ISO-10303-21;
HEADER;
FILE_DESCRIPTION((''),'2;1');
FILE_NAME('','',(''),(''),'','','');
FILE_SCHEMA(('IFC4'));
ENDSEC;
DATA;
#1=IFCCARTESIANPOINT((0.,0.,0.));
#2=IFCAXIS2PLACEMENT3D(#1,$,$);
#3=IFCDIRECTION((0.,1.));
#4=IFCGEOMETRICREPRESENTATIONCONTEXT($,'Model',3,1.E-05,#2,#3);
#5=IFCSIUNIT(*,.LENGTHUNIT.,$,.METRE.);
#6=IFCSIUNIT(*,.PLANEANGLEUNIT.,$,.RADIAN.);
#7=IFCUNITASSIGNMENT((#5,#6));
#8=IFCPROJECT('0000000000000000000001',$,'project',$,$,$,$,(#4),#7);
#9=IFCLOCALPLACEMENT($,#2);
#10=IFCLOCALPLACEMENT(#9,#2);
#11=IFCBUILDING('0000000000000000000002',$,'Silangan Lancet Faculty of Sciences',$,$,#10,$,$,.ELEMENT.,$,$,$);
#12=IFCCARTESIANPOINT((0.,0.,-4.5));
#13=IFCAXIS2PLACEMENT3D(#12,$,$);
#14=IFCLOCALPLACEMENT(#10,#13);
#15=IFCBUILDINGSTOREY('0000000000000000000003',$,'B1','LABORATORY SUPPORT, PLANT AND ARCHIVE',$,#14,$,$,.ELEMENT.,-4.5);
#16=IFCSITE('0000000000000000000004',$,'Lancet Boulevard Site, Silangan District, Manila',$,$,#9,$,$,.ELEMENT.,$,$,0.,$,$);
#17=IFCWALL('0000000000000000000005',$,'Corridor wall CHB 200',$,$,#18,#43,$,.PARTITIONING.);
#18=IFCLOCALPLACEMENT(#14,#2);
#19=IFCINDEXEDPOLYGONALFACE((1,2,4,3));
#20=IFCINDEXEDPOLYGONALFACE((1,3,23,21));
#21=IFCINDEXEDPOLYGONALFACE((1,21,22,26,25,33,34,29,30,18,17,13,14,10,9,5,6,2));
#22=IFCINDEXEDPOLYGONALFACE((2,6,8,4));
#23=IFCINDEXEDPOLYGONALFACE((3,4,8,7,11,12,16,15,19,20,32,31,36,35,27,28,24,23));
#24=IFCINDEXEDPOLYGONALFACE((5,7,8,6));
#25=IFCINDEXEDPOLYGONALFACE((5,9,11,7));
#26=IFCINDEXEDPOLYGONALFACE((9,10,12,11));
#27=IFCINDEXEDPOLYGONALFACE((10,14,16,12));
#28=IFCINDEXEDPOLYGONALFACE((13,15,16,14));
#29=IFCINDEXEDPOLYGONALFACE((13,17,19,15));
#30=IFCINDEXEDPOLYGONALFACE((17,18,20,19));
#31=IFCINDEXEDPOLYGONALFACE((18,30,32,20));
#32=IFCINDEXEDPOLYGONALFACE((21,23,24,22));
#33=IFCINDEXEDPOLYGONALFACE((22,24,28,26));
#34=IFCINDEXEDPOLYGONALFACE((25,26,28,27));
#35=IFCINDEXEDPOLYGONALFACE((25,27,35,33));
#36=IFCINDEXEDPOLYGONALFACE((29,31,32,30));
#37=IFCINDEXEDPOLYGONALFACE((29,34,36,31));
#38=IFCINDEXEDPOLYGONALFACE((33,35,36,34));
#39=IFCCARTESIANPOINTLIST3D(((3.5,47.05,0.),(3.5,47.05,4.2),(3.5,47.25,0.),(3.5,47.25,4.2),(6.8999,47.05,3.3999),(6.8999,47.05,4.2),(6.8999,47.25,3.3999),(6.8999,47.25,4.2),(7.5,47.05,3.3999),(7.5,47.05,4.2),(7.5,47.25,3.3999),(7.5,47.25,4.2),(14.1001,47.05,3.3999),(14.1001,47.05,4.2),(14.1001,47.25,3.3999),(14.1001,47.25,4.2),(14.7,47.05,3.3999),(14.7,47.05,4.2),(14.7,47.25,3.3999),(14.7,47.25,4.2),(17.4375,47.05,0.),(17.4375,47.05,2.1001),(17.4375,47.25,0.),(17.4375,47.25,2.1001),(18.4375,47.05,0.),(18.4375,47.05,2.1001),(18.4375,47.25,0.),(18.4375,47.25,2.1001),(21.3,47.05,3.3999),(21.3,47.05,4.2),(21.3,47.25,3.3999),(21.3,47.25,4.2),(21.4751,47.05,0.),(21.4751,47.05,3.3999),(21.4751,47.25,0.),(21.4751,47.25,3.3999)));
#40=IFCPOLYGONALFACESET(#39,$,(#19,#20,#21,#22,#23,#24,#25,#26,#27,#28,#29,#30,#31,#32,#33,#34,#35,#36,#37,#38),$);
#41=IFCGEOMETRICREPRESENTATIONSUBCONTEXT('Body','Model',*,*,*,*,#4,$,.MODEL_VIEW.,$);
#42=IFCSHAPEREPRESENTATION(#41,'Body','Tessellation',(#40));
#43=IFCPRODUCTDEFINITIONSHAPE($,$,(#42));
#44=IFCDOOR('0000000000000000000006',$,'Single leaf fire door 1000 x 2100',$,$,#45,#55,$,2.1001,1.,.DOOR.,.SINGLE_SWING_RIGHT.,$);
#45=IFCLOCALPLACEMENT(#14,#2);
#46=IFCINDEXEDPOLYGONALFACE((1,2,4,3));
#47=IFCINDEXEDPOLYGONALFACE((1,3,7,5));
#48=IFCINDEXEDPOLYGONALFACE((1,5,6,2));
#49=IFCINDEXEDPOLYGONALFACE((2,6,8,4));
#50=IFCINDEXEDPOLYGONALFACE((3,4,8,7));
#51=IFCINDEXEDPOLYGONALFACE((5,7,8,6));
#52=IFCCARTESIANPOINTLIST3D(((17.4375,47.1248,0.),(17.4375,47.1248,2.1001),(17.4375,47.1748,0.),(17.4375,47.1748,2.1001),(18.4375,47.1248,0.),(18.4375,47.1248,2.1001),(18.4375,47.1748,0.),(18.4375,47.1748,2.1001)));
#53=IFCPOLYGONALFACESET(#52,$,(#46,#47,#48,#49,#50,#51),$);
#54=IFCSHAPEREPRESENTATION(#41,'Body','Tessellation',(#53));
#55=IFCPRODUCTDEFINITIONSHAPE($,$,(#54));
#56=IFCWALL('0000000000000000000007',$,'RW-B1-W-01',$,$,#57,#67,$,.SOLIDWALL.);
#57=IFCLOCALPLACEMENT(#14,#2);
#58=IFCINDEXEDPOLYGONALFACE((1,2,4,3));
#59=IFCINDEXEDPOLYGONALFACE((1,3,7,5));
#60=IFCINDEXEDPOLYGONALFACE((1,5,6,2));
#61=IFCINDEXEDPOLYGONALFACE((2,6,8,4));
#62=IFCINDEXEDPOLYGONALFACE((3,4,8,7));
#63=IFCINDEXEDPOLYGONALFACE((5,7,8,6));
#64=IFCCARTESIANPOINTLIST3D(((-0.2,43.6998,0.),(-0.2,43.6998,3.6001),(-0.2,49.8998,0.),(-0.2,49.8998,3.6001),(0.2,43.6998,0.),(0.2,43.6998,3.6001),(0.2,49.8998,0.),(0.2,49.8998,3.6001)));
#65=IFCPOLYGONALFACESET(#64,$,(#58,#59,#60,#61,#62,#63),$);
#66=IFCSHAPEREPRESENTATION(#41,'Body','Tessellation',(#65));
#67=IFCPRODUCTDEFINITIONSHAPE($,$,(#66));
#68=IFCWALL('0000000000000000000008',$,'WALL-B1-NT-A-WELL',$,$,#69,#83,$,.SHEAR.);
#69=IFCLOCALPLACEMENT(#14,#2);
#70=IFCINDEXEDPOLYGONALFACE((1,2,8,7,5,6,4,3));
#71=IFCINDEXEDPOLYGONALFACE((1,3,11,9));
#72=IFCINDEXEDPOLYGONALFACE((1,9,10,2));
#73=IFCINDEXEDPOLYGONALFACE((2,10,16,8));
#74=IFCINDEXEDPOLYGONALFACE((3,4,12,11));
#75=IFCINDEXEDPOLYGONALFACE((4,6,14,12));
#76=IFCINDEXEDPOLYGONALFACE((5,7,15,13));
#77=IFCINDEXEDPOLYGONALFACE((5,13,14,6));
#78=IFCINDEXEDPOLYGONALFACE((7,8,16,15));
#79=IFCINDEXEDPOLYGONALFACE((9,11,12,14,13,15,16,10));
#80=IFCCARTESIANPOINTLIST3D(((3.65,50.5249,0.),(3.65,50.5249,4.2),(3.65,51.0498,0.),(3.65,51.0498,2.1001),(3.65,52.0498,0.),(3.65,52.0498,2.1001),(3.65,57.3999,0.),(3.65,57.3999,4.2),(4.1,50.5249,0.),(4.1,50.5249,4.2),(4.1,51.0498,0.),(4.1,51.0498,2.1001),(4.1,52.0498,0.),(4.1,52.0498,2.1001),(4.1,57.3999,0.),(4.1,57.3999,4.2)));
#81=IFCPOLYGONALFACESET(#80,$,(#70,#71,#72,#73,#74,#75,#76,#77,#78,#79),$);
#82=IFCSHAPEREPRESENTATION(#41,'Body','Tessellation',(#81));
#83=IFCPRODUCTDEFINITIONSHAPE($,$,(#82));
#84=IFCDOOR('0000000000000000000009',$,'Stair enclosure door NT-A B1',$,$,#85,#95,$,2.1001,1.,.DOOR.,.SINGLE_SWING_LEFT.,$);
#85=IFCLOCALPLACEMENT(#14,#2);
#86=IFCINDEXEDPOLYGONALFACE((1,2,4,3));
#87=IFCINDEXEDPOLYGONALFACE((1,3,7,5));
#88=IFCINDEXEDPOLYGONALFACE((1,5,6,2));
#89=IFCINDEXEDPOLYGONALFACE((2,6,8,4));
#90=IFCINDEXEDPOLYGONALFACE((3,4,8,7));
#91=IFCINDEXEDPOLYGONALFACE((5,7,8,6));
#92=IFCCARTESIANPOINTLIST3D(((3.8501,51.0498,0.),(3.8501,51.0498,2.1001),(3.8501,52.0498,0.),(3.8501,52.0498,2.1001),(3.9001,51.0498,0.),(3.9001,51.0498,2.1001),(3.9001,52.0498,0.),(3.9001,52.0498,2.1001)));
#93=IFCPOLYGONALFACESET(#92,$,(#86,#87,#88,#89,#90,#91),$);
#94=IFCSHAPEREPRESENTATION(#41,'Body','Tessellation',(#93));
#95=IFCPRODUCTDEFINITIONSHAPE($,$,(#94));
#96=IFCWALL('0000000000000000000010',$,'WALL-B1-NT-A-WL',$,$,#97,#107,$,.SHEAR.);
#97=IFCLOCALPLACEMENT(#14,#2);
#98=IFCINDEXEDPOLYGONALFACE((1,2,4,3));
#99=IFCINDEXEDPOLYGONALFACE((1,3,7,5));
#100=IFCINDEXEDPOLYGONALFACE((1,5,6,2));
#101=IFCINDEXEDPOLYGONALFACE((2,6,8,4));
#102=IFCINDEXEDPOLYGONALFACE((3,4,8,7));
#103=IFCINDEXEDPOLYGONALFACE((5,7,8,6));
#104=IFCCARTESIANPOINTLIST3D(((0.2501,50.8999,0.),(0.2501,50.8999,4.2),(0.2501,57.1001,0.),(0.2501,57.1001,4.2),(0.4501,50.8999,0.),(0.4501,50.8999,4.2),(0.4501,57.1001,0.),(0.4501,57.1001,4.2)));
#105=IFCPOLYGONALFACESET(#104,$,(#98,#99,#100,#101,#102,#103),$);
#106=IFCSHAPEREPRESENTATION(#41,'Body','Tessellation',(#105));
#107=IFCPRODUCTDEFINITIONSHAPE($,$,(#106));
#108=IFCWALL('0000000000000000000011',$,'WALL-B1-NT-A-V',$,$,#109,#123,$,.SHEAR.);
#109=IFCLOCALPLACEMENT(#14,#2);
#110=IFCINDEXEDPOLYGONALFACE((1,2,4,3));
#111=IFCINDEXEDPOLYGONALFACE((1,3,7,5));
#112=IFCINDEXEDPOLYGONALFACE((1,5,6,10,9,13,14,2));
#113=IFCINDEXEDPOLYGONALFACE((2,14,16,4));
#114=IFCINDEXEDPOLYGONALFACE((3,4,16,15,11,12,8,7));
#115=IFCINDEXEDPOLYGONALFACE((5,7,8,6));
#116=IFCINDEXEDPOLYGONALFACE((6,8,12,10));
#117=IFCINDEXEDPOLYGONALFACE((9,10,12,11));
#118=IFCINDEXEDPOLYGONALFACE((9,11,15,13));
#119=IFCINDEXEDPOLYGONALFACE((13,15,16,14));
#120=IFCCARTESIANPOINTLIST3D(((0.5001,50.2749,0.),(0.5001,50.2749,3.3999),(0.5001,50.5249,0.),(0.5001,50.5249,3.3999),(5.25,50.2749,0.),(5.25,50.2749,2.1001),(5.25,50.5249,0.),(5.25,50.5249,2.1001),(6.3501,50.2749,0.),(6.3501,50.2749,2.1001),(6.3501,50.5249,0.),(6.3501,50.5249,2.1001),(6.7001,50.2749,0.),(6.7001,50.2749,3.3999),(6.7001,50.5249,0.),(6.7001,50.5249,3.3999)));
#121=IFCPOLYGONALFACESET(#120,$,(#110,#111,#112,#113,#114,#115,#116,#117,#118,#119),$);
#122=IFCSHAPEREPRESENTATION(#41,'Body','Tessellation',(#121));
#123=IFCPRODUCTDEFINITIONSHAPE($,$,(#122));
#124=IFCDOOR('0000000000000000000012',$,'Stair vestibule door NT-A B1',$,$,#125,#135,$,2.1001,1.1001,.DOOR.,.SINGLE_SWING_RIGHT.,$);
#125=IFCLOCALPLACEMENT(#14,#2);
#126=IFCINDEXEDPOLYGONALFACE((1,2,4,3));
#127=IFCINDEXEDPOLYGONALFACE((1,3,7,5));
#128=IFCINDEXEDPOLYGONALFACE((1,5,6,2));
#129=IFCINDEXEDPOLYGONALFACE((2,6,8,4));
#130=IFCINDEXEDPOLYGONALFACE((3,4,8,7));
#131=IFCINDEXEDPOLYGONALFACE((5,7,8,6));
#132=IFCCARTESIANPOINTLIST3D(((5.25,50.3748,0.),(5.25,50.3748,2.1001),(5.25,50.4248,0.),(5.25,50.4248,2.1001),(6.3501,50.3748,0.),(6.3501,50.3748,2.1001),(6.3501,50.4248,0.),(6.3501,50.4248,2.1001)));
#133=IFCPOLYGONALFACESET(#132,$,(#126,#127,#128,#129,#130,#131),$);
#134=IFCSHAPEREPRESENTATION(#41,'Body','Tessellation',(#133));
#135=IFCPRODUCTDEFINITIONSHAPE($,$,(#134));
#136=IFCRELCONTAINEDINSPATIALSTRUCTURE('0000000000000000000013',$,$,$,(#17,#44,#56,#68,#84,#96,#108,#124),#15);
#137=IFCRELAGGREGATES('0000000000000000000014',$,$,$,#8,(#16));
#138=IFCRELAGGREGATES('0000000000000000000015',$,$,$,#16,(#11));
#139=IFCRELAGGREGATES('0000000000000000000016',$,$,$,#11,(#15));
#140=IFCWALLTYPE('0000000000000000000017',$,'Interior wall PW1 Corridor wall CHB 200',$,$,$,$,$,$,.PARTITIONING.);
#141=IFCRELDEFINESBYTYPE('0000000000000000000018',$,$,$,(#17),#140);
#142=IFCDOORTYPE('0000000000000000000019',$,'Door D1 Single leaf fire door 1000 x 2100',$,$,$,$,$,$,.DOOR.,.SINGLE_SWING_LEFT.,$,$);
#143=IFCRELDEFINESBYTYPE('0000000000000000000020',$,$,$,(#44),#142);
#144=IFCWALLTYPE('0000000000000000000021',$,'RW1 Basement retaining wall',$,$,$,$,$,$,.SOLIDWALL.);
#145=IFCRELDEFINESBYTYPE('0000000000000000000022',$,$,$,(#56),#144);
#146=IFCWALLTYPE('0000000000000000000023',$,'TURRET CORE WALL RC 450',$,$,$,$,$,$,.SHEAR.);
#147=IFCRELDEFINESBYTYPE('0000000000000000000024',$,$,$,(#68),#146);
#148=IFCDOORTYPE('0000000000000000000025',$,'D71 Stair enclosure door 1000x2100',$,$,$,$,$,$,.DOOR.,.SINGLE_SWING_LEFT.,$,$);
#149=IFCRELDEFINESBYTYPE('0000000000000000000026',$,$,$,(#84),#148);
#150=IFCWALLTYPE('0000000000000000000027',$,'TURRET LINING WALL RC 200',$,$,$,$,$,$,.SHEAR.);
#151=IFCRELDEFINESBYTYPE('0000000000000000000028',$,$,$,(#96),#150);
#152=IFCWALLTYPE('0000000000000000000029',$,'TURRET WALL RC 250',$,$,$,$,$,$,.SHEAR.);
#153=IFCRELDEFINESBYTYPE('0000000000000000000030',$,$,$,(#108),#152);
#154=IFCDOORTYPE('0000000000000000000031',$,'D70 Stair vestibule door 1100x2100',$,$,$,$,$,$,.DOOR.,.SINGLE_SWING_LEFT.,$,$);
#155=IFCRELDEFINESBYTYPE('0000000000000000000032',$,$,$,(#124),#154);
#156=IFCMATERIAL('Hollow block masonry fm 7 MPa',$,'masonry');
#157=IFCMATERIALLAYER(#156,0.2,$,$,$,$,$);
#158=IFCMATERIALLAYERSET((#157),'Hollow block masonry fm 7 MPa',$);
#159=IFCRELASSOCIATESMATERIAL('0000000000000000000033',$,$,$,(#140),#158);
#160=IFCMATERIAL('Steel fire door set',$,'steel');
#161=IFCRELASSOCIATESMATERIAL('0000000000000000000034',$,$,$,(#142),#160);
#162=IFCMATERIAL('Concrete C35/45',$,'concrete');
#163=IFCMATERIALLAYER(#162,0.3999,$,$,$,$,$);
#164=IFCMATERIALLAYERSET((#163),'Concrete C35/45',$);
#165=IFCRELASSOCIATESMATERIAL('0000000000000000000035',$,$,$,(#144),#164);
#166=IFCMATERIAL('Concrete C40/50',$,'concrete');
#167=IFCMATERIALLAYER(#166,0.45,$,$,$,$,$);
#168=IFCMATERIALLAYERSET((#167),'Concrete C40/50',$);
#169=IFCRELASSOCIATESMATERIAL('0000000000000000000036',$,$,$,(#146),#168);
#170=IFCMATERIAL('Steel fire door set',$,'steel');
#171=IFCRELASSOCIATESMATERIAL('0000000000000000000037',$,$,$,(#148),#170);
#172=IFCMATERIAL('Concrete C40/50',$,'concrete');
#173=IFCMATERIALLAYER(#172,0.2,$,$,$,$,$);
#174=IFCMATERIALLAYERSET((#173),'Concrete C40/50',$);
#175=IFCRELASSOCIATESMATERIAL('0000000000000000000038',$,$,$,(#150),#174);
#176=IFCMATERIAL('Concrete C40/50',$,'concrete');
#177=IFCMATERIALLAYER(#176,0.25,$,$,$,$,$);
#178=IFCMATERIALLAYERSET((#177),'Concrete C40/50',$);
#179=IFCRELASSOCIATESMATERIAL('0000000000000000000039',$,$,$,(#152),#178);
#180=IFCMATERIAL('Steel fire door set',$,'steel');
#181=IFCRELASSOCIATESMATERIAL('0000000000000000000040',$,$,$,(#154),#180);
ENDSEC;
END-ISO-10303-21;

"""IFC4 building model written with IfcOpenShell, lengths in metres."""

from ifc_helpers import new_model, si_unit, direction, frame, frame_2d, origin, place, context, subcontext, project, spatial, polyline, rectangle, outline, extrude, material, layer, layer_set, type_object, element, fill, save


model = new_model("IFC4")

# Units and contexts
model_context = context("Model", 3, precision=1e-05, world=origin(), true_north=direction((0.0, 1.0)))
body_context = subcontext(model_context, "Body", "Model", "MODEL_VIEW")
ifc_project = project(units=[si_unit("LENGTHUNIT", "METRE"), si_unit("PLANEANGLEUNIT", "RADIAN")], contexts=[model_context])

# Site, building, storey
site_placement = place(None, origin())
site = spatial("IfcSite", under=ifc_project, at=site_placement, Name="Lancet Boulevard Site, Silangan District, Manila", CompositionType="ELEMENT", RefElevation=0.0)
building_placement = place(site_placement, origin())
building = spatial("IfcBuilding", under=site, at=building_placement, Name="Silangan Lancet Faculty of Sciences", CompositionType="ELEMENT")
storey_placement = place(building_placement, frame((0.0, 0.0, -4.5)))
storey = spatial("IfcBuildingStorey", under=building, at=storey_placement, Name="B1", Description="LABORATORY SUPPORT, PLANT AND ARCHIVE", CompositionType="ELEMENT", Elevation=-4.5)

# Wall, opening, door
ifc_material_1 = material(Name="Hollow block masonry fm 7 MPa", Category="masonry")
ifc_layer_1 = layer(ifc_material_1, 0.2)
ifc_layer_set_1 = layer_set([ifc_layer_1], Name="Hollow block masonry fm 7 MPa")
wall_type_1 = type_object("IfcWallType", Name="Interior wall PW1 Corridor wall CHB 200", PredefinedType="PARTITIONING", material=ifc_layer_set_1)
wall_1_placement = place(storey_placement, frame((3.5, 47.1499, 0.0), z_axis=(0.0, 0.0, 1.0), x_axis=(1.0, 0.0, 0.0)))
wall_1 = element("IfcWall", 1, at=wall_1_placement, inside=storey, type_object=wall_type_1, Name="Corridor wall CHB 200", PredefinedType="PARTITIONING", context=body_context, shape_type="SweptSolid", body=[
    extrude(outline(polyline([(0.0, 0.0), (17.9751, 0.0), (17.9751, 3.3999), (17.8, 3.3999), (17.8, 4.2), (11.2, 4.2), (11.2, 3.3999), (10.6001, 3.3999), (10.6001, 4.2), (4.0, 4.2), (4.0, 3.3999), (3.3999, 3.3999), (3.3999, 4.2), (0.0, 4.2), (0.0, 0.0)])), frame((0.0, 0.1001, 0.0), z_axis=(0.0, -1.0, 0.0), x_axis=(1.0, 0.0, 0.0)), (0.0, 0.0, 1.0), 0.2),
])
opening_1_placement = place(wall_1_placement, frame((13.9375, 0.0, 0.0)))
opening_1 = element("IfcOpeningElement", 2, at=opening_1_placement, cuts=wall_1, PredefinedType="OPENING", context=body_context, shape_type="SweptSolid", body=[
    extrude(rectangle(XDim=1.0, YDim=2.1001, at=frame_2d((0.5, 1.05))), frame((0.0, 0.1099, 0.0), z_axis=(0.0, -1.0, 0.0), x_axis=(1.0, 0.0, 0.0)), (0.0, 0.0, 1.0), 0.22),
])
ifc_material_2 = material(Name="Steel fire door set", Category="steel")
door_type_1 = type_object("IfcDoorType", Name="Door D1 Single leaf fire door 1000 x 2100", OperationType="SINGLE_SWING_LEFT", PredefinedType="DOOR", material=ifc_material_2)
door_1_placement = place(opening_1_placement, frame((1.0, 0.0, 0.0), z_axis=(0.0, 0.0, 1.0), x_axis=(-1.0, 0.0, 0.0)))
door_1 = element("IfcDoor", 3, at=door_1_placement, inside=storey, type_object=door_type_1, Name="Single leaf fire door 1000 x 2100", OperationType="SINGLE_SWING_RIGHT", OverallHeight=2.1001, OverallWidth=1.0, PredefinedType="DOOR", context=body_context, shape_type="SweptSolid", body=[
    extrude(rectangle(XDim=1.0, YDim=2.1001, at=frame_2d((0.5, 1.05))), frame((0.0, 0.0251, 0.0), z_axis=(0.0, -1.0, 0.0), x_axis=(1.0, 0.0, 0.0)), (0.0, 0.0, 1.0), 0.05),
])
fill(opening_1, door_1)

# Wall
ifc_material_3 = material(Name="Concrete C35/45", Category="concrete")
ifc_layer_2 = layer(ifc_material_3, 0.3999)
ifc_layer_set_2 = layer_set([ifc_layer_2], Name="Concrete C35/45")
wall_type_2 = type_object("IfcWallType", Name="RW1 Basement retaining wall", PredefinedType="SOLIDWALL", material=ifc_layer_set_2)
wall_2_placement = place(storey_placement, frame((0.0, 49.8999, 0.0), z_axis=(0.0, 0.0, 1.0), x_axis=(0.0, -1.0, 0.0)))
element("IfcWall", 4, at=wall_2_placement, inside=storey, type_object=wall_type_2, Name="RW-B1-W-01", PredefinedType="SOLIDWALL", context=body_context, shape_type="SweptSolid", body=[
    extrude(rectangle(XDim=6.2, YDim=0.3999, at=frame_2d((3.1001, 0.0))), origin(), (0.0, 0.0, 1.0), 3.6001),
])

# Wall, opening, door
ifc_material_4 = material(Name="Concrete C40/50", Category="concrete")
ifc_layer_3 = layer(ifc_material_4, 0.45)
ifc_layer_set_3 = layer_set([ifc_layer_3], Name="Concrete C40/50")
wall_type_3 = type_object("IfcWallType", Name="TURRET CORE WALL RC 450", PredefinedType="SHEAR", material=ifc_layer_set_3)
wall_3_placement = place(storey_placement, frame((3.875, 50.5249, 0.0), z_axis=(0.0, 0.0, 1.0), x_axis=(0.0, 1.0, 0.0)))
wall_3 = element("IfcWall", 5, at=wall_3_placement, inside=storey, type_object=wall_type_3, Name="WALL-B1-NT-A-WELL", PredefinedType="SHEAR", context=body_context, shape_type="SweptSolid", body=[
    extrude(rectangle(XDim=6.875, YDim=0.45, at=frame_2d((3.4375, 0.0))), origin(), (0.0, 0.0, 1.0), 4.2),
])
opening_2_placement = place(wall_3_placement, frame((0.5249, 0.0, 0.0)))
opening_2 = element("IfcOpeningElement", 6, at=opening_2_placement, cuts=wall_3, PredefinedType="OPENING", context=body_context, shape_type="SweptSolid", body=[
    extrude(rectangle(XDim=1.0, YDim=2.1001, at=frame_2d((0.5, 1.05))), frame((0.0, 0.2349, 0.0), z_axis=(0.0, -1.0, 0.0), x_axis=(1.0, 0.0, 0.0)), (0.0, 0.0, 1.0), 0.47),
])
ifc_material_5 = material(Name="Steel fire door set", Category="steel")
door_type_2 = type_object("IfcDoorType", Name="D71 Stair enclosure door 1000x2100", OperationType="SINGLE_SWING_LEFT", PredefinedType="DOOR", material=ifc_material_5)
door_2_placement = place(opening_2_placement, origin())
door_2 = element("IfcDoor", 7, at=door_2_placement, inside=storey, type_object=door_type_2, Name="Stair enclosure door NT-A B1", OperationType="SINGLE_SWING_LEFT", OverallHeight=2.1001, OverallWidth=1.0, PredefinedType="DOOR", context=body_context, shape_type="SweptSolid", body=[
    extrude(rectangle(XDim=1.0, YDim=2.1001, at=frame_2d((0.5, 1.05))), frame((0.0, 0.0249, 0.0), z_axis=(0.0, -1.0, 0.0), x_axis=(1.0, 0.0, 0.0)), (0.0, 0.0, 1.0), 0.05),
])
fill(opening_2, door_2)

# Wall
ifc_material_6 = material(Name="Concrete C40/50", Category="concrete")
ifc_layer_4 = layer(ifc_material_6, 0.2)
ifc_layer_set_4 = layer_set([ifc_layer_4], Name="Concrete C40/50")
wall_type_4 = type_object("IfcWallType", Name="TURRET LINING WALL RC 200", PredefinedType="SHEAR", material=ifc_layer_set_4)
wall_4_placement = place(storey_placement, frame((0.3501, 50.8999, 0.0), z_axis=(0.0, 0.0, 1.0), x_axis=(0.0, 1.0, 0.0)))
element("IfcWall", 8, at=wall_4_placement, inside=storey, type_object=wall_type_4, Name="WALL-B1-NT-A-WL", PredefinedType="SHEAR", context=body_context, shape_type="SweptSolid", body=[
    extrude(rectangle(XDim=6.2002, YDim=0.2, at=frame_2d((3.1001, 0.0))), origin(), (0.0, 0.0, 1.0), 4.2),
])

# Wall, opening, door
ifc_material_7 = material(Name="Concrete C40/50", Category="concrete")
ifc_layer_5 = layer(ifc_material_7, 0.25)
ifc_layer_set_5 = layer_set([ifc_layer_5], Name="Concrete C40/50")
wall_type_5 = type_object("IfcWallType", Name="TURRET WALL RC 250", PredefinedType="SHEAR", material=ifc_layer_set_5)
wall_5_placement = place(storey_placement, frame((0.5, 50.3999, 0.0), z_axis=(0.0, 0.0, 1.0), x_axis=(1.0, 0.0, 0.0)))
wall_5 = element("IfcWall", 9, at=wall_5_placement, inside=storey, type_object=wall_type_5, Name="WALL-B1-NT-A-V", PredefinedType="SHEAR", context=body_context, shape_type="SweptSolid", body=[
    extrude(rectangle(XDim=6.2, YDim=0.25, at=frame_2d((3.1001, 0.0))), origin(), (0.0, 0.0, 1.0), 3.3999),
])
opening_3_placement = place(wall_5_placement, frame((4.75, 0.0, 0.0)))
opening_3 = element("IfcOpeningElement", 10, at=opening_3_placement, cuts=wall_5, PredefinedType="OPENING", context=body_context, shape_type="SweptSolid", body=[
    extrude(rectangle(XDim=1.1001, YDim=2.1001, at=frame_2d((0.55, 1.05))), frame((0.0, 0.135, 0.0), z_axis=(0.0, -1.0, 0.0), x_axis=(1.0, 0.0, 0.0)), (0.0, 0.0, 1.0), 0.27),
])
ifc_material_8 = material(Name="Steel fire door set", Category="steel")
door_type_3 = type_object("IfcDoorType", Name="D70 Stair vestibule door 1100x2100", OperationType="SINGLE_SWING_LEFT", PredefinedType="DOOR", material=ifc_material_8)
door_3_placement = place(opening_3_placement, origin())
door_3 = element("IfcDoor", 11, at=door_3_placement, inside=storey, type_object=door_type_3, Name="Stair vestibule door NT-A B1", OperationType="SINGLE_SWING_RIGHT", OverallHeight=2.1001, OverallWidth=1.1001, PredefinedType="DOOR", context=body_context, shape_type="SweptSolid", body=[
    extrude(rectangle(XDim=1.1001, YDim=2.1001, at=frame_2d((0.55, 1.05))), frame((0.0, 0.0249, 0.0), z_axis=(0.0, -1.0, 0.0), x_axis=(1.0, 0.0, 0.0)), (0.0, 0.0, 1.0), 0.05),
])
fill(opening_3, door_3)

save(model, "model.ifc")
